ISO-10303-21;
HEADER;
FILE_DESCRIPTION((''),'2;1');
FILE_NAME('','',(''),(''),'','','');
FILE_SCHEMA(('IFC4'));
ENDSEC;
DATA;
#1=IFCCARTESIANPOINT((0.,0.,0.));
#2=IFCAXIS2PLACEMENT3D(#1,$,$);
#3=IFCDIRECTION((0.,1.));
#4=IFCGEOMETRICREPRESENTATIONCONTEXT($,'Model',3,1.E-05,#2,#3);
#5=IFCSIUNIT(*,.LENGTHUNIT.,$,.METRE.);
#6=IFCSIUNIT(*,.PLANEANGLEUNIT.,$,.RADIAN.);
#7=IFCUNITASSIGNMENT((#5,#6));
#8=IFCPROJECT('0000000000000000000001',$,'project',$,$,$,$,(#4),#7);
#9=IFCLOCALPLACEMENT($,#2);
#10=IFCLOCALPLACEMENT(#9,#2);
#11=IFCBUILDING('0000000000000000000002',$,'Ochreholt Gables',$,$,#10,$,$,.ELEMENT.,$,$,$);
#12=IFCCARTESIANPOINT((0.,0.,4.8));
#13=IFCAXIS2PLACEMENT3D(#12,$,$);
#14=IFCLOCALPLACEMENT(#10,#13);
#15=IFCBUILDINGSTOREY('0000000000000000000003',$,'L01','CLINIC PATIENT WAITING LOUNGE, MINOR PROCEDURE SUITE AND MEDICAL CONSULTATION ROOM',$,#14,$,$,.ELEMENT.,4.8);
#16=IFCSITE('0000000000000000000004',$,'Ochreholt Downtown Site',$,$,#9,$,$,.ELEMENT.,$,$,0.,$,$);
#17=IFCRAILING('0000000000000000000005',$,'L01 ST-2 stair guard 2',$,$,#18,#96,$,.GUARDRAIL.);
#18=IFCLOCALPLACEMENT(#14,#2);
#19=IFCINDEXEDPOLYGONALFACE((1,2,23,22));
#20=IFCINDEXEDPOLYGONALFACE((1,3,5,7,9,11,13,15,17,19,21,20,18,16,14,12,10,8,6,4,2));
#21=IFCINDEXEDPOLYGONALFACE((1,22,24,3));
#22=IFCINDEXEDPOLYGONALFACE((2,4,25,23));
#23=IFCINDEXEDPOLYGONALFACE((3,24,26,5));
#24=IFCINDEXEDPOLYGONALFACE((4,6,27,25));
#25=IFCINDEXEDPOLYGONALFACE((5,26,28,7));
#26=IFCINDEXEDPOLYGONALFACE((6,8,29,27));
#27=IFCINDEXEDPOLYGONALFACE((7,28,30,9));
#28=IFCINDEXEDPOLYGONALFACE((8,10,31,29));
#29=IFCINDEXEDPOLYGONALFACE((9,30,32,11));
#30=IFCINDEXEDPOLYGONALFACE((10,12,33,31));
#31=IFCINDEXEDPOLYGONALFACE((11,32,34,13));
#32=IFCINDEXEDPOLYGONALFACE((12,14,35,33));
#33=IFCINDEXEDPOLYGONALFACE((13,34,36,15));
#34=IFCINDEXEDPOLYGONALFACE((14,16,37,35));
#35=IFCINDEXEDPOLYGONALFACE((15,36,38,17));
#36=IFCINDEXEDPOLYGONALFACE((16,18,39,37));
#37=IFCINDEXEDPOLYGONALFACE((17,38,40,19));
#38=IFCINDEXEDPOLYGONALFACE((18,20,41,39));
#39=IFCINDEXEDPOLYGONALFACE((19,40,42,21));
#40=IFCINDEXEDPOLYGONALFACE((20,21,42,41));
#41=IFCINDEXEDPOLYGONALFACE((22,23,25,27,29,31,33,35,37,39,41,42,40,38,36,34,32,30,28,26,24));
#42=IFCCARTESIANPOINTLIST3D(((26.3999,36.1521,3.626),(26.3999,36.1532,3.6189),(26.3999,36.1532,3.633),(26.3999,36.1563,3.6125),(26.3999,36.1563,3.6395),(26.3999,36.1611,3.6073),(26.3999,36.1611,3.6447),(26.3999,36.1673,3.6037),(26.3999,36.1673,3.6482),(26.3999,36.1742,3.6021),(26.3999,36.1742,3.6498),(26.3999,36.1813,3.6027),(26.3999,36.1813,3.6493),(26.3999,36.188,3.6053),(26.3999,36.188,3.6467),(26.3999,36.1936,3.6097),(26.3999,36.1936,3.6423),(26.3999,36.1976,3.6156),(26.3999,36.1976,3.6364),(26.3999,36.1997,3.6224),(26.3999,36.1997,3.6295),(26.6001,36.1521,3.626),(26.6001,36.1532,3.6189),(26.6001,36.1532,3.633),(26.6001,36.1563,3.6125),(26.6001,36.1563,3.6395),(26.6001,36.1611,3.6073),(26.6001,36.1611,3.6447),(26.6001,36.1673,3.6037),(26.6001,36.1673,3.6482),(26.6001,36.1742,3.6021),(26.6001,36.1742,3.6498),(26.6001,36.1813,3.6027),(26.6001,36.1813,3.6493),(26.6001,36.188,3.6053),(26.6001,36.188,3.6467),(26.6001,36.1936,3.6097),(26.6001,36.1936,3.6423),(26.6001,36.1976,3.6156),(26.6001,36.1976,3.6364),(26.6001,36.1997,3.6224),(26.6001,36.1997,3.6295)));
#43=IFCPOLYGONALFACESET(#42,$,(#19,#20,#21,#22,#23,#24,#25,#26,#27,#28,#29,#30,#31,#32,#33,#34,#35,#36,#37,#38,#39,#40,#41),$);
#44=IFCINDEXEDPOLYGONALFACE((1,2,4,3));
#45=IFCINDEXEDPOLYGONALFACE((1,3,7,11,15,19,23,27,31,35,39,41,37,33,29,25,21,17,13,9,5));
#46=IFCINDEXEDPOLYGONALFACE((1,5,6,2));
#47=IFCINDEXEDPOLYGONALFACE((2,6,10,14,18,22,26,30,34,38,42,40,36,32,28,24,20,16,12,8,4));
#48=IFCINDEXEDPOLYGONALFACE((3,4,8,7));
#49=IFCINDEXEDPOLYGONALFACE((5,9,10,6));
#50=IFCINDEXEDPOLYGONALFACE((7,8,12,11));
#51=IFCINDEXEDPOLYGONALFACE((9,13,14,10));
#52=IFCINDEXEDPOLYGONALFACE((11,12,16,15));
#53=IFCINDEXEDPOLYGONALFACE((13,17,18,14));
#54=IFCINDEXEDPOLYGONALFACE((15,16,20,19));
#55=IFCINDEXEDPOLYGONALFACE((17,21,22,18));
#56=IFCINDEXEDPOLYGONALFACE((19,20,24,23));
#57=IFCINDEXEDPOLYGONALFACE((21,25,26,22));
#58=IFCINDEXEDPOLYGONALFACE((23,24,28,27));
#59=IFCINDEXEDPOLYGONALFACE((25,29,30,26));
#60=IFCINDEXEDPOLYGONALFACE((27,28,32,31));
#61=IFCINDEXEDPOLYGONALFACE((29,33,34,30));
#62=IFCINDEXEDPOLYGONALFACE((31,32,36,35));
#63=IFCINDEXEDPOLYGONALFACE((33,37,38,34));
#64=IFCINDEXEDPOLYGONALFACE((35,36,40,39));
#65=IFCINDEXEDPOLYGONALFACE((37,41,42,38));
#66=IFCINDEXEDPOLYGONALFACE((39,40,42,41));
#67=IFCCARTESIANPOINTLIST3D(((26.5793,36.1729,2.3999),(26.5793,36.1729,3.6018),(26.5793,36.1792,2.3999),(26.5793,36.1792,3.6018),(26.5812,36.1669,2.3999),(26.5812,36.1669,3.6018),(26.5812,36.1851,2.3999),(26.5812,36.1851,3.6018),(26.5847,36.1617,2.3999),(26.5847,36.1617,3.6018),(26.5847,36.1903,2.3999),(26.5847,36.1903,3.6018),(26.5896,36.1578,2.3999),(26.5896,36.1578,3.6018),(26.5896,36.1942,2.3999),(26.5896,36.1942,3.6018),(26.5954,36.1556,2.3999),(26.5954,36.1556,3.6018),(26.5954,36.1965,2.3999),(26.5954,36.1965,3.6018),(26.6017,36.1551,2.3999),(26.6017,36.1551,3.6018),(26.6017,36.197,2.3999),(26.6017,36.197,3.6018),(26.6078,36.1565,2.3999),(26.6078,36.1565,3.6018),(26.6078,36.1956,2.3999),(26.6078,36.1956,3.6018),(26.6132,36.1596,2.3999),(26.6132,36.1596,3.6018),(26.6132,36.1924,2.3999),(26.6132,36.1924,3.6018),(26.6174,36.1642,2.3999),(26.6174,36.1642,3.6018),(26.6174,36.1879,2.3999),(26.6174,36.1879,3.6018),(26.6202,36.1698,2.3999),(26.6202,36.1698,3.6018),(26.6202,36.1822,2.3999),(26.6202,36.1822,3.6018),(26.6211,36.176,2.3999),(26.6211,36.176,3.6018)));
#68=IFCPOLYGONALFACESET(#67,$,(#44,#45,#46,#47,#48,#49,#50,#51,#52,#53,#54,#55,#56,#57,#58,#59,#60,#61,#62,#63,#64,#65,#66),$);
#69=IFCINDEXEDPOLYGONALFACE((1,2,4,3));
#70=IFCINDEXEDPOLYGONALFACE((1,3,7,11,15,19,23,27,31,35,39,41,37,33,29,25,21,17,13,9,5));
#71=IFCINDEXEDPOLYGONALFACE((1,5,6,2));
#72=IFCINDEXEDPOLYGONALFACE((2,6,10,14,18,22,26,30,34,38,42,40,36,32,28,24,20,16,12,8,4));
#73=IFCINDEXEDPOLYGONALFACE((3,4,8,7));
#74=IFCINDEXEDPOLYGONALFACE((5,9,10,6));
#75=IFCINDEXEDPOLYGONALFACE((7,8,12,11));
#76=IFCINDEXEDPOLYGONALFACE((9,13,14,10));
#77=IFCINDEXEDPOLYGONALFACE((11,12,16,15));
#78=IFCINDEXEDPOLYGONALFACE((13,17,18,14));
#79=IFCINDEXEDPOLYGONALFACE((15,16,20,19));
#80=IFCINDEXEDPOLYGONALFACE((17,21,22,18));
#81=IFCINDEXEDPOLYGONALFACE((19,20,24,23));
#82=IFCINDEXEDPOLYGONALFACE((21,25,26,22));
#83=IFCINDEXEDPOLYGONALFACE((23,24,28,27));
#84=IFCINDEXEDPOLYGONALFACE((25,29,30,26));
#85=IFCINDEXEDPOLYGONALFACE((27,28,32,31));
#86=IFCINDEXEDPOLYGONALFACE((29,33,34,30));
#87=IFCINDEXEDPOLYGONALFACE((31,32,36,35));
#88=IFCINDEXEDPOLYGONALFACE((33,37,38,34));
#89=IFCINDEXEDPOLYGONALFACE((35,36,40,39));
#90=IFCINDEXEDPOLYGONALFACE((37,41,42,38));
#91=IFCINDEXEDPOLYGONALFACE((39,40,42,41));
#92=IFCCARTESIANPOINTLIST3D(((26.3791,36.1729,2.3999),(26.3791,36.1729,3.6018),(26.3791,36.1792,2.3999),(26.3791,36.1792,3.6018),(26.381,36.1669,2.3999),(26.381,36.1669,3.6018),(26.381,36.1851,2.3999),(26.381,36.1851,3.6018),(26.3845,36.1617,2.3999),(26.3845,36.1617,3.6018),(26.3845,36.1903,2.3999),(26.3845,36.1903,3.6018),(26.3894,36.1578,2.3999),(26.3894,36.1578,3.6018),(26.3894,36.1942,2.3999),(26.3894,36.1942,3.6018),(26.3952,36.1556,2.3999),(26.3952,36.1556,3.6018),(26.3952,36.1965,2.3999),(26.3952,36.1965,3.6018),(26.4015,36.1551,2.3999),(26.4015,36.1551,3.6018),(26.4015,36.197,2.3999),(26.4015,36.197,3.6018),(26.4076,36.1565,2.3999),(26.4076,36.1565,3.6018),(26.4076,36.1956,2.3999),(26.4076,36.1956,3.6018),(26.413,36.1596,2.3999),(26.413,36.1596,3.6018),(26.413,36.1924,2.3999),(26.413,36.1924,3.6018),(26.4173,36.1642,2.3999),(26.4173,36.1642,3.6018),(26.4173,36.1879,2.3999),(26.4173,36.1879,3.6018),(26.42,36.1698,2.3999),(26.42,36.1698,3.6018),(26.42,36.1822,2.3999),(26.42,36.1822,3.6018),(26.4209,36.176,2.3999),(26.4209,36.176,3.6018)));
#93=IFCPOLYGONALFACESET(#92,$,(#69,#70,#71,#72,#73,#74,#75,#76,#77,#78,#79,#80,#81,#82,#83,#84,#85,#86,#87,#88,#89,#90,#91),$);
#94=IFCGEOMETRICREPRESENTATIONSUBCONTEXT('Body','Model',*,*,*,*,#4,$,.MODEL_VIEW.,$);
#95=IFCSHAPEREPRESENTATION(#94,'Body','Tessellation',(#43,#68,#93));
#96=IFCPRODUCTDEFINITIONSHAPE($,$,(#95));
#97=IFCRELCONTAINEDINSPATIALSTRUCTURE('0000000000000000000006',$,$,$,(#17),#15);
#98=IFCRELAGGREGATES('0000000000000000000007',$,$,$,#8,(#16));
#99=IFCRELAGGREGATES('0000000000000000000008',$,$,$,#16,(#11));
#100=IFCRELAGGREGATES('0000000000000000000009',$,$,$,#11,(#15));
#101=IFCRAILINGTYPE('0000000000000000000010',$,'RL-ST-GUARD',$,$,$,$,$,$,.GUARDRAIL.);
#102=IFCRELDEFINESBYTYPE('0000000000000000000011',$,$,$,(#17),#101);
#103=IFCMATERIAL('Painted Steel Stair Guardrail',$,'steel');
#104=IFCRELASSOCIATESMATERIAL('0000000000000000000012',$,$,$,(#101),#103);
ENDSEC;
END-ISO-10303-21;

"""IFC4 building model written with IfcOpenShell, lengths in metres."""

from ifc_helpers import new_model, si_unit, direction, frame, origin, origin_2d, place, context, subcontext, project, spatial, circle, extrude, material, type_object, element, save


model = new_model("IFC4")

# Units and contexts
model_context = context("Model", 3, precision=1e-05, world=origin(), true_north=direction((0.0, 1.0)))
body_context = subcontext(model_context, "Body", "Model", "MODEL_VIEW")
ifc_project = project(units=[si_unit("LENGTHUNIT", "METRE"), si_unit("PLANEANGLEUNIT", "RADIAN")], contexts=[model_context])

# Site, building, storey
site_placement = place(None, origin())
site = spatial("IfcSite", under=ifc_project, at=site_placement, Name="Ochreholt Downtown Site", CompositionType="ELEMENT", RefElevation=0.0)
building_placement = place(site_placement, origin())
building = spatial("IfcBuilding", under=site, at=building_placement, Name="Ochreholt Gables", CompositionType="ELEMENT")
storey_placement = place(building_placement, frame((0.0, 0.0, 4.8)))
storey = spatial("IfcBuildingStorey", under=building, at=storey_placement, Name="L01", Description="CLINIC PATIENT WAITING LOUNGE, MINOR PROCEDURE SUITE AND MEDICAL CONSULTATION ROOM", CompositionType="ELEMENT", Elevation=4.8)

# Railing
ifc_material_1 = material(Name="Painted Steel Stair Guardrail", Category="steel")
railing_type_1 = type_object("IfcRailingType", Name="RL-ST-GUARD", PredefinedType="GUARDRAIL", material=ifc_material_1)
railing_1_placement = place(storey_placement, frame((26.6001, 36.176, 2.3999)))
element("IfcRailing", 1, at=railing_1_placement, inside=storey, type_object=railing_type_1, Name="L01 ST-2 stair guard 2", PredefinedType="GUARDRAIL", context=body_context, shape_type="SweptSolid", body=[
    extrude(circle(Radius=0.0239, at=origin_2d()), frame((0.0, 0.0, 1.2261), z_axis=(-1.0, 0.0, 0.0), x_axis=(0.0, -1.0, 0.0)), (0.0, 0.0, 1.0), 0.2002),
    extrude(circle(Radius=0.021, at=origin_2d()), origin(), (0.0, 0.0, 1.0), 1.2019),
    extrude(circle(Radius=0.021, at=origin_2d()), frame((-0.2002, 0.0, 0.0)), (0.0, 0.0, 1.0), 1.2019),
])

save(model, "model.ifc")
